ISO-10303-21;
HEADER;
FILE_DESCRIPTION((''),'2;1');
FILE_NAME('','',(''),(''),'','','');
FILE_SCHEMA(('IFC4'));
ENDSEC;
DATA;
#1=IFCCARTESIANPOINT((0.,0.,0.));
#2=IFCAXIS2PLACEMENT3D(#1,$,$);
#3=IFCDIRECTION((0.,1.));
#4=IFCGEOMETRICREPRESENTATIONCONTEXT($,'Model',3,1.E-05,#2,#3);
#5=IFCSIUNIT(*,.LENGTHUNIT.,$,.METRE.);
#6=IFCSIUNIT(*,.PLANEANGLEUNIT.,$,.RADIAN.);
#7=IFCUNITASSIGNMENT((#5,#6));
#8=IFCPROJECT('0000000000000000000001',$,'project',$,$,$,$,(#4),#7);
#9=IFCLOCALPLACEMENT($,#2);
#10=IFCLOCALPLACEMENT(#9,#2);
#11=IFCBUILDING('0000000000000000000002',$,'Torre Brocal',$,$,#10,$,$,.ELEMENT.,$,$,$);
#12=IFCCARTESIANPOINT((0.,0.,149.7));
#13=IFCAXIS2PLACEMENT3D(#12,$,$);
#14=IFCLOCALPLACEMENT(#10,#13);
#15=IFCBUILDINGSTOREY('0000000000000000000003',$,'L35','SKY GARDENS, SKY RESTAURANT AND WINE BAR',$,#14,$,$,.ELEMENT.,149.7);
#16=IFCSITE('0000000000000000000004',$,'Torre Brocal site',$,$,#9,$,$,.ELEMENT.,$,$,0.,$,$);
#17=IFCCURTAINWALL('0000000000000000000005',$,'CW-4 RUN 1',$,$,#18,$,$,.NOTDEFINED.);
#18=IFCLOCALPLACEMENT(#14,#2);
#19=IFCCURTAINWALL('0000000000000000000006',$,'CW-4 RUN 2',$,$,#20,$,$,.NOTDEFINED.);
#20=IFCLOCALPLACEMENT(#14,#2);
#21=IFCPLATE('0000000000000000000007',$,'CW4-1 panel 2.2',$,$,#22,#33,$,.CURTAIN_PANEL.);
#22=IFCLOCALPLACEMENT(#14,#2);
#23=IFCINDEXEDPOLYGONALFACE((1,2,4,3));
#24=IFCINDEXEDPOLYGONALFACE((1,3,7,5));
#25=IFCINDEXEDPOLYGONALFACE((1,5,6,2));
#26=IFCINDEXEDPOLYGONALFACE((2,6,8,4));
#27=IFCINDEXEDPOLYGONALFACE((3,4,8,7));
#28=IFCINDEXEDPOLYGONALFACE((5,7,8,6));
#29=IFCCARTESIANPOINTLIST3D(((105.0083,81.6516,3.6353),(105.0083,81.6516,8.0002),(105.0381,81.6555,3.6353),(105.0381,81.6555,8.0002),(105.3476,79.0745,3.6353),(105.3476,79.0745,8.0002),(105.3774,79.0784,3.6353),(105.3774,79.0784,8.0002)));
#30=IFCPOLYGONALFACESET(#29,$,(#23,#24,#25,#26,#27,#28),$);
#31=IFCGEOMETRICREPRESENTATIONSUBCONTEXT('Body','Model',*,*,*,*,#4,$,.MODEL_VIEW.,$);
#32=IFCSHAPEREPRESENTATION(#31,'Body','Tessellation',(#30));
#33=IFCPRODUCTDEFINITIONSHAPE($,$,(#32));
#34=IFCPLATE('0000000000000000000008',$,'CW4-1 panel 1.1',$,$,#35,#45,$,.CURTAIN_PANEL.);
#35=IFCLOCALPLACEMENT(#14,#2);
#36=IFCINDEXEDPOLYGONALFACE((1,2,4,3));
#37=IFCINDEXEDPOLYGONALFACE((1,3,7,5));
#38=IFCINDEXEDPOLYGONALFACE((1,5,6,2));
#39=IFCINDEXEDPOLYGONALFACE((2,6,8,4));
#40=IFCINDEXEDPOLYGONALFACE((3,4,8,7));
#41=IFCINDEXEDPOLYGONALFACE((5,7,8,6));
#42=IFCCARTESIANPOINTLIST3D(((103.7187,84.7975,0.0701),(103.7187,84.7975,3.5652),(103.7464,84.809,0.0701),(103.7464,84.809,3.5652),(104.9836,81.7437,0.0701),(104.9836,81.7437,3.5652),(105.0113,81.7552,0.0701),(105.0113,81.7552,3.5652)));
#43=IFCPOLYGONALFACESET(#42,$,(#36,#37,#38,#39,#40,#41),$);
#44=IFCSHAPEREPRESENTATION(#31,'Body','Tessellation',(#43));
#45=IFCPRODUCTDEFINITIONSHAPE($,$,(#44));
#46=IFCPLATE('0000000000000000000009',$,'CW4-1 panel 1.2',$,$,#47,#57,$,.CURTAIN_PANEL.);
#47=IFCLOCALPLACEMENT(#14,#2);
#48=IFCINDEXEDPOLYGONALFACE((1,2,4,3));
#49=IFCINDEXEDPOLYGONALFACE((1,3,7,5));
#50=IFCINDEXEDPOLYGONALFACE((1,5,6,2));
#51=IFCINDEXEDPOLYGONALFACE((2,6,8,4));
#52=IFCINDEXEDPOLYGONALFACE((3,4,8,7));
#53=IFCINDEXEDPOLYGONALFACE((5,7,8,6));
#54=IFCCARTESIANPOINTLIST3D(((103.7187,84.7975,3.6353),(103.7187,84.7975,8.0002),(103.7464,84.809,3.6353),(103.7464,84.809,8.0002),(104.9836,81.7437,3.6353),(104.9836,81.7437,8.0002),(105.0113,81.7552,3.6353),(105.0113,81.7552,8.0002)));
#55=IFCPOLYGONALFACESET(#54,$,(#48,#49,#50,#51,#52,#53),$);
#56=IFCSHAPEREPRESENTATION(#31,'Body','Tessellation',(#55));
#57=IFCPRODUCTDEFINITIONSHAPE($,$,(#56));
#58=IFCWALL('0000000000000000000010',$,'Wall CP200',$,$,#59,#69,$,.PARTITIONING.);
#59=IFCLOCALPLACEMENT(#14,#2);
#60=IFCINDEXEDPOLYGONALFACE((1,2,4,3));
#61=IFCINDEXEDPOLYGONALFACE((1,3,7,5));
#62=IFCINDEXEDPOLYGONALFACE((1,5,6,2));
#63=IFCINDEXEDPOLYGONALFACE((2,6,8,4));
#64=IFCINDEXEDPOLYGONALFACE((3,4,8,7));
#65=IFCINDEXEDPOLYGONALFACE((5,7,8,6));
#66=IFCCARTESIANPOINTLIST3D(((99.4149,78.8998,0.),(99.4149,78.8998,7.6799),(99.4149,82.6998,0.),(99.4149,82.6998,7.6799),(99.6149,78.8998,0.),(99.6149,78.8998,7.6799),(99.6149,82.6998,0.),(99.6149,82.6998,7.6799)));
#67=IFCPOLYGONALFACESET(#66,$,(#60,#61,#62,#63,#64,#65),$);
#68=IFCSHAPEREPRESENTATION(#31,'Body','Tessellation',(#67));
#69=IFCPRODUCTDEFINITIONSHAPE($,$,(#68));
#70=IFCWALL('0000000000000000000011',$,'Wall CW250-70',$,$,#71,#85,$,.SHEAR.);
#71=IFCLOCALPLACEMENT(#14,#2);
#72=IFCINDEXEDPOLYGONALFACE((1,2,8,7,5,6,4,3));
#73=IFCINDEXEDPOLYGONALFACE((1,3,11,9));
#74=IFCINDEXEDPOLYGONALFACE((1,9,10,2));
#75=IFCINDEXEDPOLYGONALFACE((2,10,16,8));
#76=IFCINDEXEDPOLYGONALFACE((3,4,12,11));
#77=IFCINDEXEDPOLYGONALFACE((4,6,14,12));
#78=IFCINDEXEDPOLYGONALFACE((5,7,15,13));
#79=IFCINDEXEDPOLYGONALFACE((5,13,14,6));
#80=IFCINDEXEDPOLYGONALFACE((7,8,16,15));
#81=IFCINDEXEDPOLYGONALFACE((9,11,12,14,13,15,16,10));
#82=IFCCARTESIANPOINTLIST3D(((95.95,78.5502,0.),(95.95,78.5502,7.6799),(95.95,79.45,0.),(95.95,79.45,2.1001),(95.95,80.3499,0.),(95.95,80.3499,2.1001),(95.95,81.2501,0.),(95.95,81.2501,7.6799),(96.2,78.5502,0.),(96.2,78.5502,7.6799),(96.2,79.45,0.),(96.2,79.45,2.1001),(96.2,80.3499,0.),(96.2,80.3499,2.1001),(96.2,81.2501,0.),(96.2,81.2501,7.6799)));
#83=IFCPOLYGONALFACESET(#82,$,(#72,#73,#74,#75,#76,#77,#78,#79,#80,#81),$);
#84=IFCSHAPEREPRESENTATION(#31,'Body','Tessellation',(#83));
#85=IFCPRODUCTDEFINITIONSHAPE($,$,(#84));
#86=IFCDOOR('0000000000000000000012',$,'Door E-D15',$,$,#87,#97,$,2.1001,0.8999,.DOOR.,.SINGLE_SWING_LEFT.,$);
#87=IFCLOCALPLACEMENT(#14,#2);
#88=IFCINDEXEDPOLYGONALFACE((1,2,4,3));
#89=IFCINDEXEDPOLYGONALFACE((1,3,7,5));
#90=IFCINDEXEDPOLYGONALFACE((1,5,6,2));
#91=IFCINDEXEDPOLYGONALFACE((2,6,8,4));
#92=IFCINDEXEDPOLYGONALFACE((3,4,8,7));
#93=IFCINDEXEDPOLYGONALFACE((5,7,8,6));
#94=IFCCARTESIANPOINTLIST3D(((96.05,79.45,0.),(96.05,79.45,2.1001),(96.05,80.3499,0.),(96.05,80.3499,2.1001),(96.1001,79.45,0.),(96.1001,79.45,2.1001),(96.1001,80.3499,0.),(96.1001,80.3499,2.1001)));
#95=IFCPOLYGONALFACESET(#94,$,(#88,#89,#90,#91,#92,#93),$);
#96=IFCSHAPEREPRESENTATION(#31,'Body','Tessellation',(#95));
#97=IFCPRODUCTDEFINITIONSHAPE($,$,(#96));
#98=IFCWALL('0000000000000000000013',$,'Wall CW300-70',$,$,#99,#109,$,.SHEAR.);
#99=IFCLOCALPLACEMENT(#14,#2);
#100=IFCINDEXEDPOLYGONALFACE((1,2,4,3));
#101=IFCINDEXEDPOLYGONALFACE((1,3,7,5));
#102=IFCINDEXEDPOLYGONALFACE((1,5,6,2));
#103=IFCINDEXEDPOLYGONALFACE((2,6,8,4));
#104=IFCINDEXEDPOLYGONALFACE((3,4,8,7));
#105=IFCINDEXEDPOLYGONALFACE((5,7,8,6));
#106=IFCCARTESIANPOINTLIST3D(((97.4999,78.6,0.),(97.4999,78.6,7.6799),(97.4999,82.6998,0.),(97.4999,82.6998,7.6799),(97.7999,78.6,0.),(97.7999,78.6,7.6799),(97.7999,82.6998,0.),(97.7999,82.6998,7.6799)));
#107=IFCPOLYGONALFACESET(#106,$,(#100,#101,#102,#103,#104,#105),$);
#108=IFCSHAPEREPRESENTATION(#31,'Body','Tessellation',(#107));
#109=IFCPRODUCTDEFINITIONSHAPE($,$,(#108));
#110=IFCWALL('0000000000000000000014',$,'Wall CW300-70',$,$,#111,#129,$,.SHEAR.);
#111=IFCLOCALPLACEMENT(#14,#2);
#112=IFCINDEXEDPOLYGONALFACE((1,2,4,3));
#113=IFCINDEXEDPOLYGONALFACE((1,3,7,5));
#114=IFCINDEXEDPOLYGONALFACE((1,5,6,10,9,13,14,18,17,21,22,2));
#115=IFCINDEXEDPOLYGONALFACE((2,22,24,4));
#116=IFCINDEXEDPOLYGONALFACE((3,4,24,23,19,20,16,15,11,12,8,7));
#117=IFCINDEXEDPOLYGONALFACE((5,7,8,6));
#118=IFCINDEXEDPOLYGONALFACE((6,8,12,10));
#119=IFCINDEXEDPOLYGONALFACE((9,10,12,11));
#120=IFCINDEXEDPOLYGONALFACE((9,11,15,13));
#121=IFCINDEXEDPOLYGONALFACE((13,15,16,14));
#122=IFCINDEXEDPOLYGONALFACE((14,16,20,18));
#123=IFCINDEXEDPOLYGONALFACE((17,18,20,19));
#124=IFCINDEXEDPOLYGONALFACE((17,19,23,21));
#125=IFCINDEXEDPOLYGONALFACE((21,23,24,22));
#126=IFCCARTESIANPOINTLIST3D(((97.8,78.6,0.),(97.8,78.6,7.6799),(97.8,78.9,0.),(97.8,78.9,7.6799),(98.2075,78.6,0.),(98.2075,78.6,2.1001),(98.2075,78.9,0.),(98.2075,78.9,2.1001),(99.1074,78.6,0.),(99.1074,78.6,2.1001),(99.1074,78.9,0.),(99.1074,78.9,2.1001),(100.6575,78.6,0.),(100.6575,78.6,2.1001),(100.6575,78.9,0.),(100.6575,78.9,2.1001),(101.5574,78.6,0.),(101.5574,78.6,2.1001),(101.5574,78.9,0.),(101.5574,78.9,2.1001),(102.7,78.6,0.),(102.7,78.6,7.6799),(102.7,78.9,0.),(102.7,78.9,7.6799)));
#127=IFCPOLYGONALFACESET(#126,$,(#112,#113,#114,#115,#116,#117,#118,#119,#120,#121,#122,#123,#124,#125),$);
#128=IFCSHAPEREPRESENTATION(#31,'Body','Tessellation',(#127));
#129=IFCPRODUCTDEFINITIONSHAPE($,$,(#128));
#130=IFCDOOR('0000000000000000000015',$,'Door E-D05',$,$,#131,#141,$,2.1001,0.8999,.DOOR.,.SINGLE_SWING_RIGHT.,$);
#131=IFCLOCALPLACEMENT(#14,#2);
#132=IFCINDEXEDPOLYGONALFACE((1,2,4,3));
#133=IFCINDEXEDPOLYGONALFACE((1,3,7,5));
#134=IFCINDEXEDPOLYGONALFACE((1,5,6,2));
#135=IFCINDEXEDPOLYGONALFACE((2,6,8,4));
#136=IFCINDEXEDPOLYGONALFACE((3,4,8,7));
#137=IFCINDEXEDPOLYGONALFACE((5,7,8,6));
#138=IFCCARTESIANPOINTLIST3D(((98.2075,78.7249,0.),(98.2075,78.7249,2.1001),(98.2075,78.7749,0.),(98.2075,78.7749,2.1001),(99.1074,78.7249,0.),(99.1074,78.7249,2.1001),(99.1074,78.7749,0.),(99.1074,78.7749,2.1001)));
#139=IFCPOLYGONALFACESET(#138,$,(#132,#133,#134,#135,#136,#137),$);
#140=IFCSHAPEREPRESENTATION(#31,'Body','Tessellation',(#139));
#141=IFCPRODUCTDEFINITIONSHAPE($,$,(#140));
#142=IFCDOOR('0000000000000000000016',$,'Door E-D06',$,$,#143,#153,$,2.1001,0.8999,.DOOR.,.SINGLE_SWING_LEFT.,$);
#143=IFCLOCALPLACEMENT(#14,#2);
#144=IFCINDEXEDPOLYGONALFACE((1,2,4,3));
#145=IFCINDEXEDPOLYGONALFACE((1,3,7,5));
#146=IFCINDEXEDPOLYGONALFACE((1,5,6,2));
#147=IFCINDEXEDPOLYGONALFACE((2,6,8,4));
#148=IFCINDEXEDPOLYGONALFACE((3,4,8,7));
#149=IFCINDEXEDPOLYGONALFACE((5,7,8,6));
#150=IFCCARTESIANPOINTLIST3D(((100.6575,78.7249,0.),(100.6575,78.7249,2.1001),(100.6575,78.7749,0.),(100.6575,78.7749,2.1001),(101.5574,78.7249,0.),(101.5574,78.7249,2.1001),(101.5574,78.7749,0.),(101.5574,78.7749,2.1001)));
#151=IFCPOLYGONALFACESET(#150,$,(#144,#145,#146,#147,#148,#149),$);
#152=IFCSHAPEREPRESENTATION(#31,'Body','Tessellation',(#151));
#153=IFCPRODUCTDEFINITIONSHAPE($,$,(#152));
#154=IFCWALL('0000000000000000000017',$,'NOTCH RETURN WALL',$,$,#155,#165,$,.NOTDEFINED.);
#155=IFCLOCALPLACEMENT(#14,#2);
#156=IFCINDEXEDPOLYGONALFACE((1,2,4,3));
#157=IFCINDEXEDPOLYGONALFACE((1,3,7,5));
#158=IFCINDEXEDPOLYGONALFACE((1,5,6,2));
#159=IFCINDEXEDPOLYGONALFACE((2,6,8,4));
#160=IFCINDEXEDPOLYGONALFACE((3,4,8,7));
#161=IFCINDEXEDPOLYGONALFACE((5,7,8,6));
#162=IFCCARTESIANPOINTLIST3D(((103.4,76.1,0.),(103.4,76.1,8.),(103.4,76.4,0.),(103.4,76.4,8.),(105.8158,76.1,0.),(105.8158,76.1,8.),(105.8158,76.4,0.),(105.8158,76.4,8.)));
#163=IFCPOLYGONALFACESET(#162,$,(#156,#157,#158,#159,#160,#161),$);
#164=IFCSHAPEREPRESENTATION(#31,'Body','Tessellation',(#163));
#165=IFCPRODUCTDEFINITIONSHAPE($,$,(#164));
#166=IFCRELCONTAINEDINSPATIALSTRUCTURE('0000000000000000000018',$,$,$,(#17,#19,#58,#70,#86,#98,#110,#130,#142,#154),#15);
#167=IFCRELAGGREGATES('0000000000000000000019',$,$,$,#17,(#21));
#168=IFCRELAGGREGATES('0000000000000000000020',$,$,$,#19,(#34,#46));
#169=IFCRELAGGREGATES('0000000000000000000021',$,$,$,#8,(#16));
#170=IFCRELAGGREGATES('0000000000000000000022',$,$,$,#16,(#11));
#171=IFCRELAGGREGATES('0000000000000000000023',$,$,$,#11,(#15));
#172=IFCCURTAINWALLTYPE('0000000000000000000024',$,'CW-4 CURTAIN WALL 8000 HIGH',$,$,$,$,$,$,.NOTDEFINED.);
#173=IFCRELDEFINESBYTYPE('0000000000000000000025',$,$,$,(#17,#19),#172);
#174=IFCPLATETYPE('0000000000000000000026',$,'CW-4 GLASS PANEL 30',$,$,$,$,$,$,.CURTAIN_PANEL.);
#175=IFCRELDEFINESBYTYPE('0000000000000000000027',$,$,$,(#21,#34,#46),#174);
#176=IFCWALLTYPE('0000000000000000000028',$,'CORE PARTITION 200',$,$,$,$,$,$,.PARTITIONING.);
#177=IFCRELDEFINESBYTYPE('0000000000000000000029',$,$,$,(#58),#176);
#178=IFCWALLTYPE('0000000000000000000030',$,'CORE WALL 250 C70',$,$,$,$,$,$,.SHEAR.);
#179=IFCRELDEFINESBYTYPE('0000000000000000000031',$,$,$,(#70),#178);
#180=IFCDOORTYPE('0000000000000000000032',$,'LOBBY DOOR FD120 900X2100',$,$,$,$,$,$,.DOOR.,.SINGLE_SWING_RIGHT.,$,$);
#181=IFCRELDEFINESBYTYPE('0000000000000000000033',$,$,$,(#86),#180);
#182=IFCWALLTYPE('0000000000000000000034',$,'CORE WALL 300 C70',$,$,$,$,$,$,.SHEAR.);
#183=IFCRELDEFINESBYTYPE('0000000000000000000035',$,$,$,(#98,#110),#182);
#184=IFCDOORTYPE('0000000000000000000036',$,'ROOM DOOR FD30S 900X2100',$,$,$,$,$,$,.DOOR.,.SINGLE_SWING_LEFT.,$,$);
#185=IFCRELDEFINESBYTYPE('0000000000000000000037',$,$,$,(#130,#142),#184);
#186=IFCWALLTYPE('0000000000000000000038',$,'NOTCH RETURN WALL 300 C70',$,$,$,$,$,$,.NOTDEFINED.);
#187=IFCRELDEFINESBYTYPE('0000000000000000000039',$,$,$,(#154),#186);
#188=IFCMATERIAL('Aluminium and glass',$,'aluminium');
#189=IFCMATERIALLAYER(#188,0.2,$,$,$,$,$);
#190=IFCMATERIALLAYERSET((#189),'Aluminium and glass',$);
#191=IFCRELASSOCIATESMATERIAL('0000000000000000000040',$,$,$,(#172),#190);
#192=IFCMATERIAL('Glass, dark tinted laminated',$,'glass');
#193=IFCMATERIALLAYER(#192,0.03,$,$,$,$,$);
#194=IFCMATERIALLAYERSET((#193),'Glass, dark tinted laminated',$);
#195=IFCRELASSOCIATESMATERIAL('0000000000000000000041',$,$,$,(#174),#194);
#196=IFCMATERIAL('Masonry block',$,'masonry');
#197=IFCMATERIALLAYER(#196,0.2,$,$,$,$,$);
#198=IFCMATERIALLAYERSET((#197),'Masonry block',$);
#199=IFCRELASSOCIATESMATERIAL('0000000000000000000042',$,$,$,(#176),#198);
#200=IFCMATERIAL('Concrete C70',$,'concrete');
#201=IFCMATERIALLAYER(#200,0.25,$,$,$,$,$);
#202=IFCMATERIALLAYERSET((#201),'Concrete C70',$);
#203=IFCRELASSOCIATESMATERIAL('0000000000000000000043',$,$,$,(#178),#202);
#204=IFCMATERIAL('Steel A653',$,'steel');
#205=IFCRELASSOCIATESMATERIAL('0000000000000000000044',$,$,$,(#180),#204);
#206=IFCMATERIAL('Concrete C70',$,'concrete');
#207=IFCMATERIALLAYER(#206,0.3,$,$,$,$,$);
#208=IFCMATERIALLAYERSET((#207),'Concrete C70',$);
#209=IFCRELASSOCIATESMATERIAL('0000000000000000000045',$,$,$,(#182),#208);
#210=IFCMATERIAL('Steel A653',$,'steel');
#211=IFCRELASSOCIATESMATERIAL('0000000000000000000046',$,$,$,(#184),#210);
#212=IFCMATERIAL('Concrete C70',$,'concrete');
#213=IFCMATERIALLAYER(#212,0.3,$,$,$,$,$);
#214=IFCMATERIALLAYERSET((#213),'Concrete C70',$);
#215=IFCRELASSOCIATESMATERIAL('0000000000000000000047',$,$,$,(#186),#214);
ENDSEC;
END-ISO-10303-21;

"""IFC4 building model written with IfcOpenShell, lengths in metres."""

from ifc_helpers import new_model, si_unit, direction, frame, frame_2d, origin, origin_2d, place, context, subcontext, project, spatial, rectangle, extrude, material, layer, layer_set, type_object, element, fill, aggregate, save


model = new_model("IFC4")

# Units and contexts
model_context = context("Model", 3, precision=1e-05, world=origin(), true_north=direction((0.0, 1.0)))
body_context = subcontext(model_context, "Body", "Model", "MODEL_VIEW")
ifc_project = project(units=[si_unit("LENGTHUNIT", "METRE"), si_unit("PLANEANGLEUNIT", "RADIAN")], contexts=[model_context])

# Site, building, storey
site_placement = place(None, origin())
site = spatial("IfcSite", under=ifc_project, at=site_placement, Name="Torre Brocal site", CompositionType="ELEMENT", RefElevation=0.0)
building_placement = place(site_placement, origin())
building = spatial("IfcBuilding", under=site, at=building_placement, Name="Torre Brocal", CompositionType="ELEMENT")
storey_placement = place(building_placement, frame((0.0, 0.0, 149.7)))
storey = spatial("IfcBuildingStorey", under=building, at=storey_placement, Name="L35", Description="SKY GARDENS, SKY RESTAURANT AND WINE BAR", CompositionType="ELEMENT", Elevation=149.7)

# Curtain walls
ifc_material_1 = material(Name="Aluminium and glass", Category="aluminium")
ifc_layer_1 = layer(ifc_material_1, 0.2)
ifc_layer_set_1 = layer_set([ifc_layer_1], Name="Aluminium and glass")
curtain_wall_type = type_object("IfcCurtainWallType", Name="CW-4 CURTAIN WALL 8000 HIGH", PredefinedType="NOTDEFINED", material=ifc_layer_set_1)
curtain_wall_1_placement = place(storey_placement, origin())
curtain_wall_1 = element("IfcCurtainWall", 1, at=curtain_wall_1_placement, inside=storey, type_object=curtain_wall_type, Name="CW-4 RUN 1", PredefinedType="NOTDEFINED")
curtain_wall_2_placement = place(storey_placement, origin())
curtain_wall_2 = element("IfcCurtainWall", 2, at=curtain_wall_2_placement, inside=storey, type_object=curtain_wall_type, Name="CW-4 RUN 2", PredefinedType="NOTDEFINED")

# Plates
ifc_material_2 = material(Name="Glass, dark tinted laminated", Category="glass")
ifc_layer_2 = layer(ifc_material_2, 0.03)
ifc_layer_set_2 = layer_set([ifc_layer_2], Name="Glass, dark tinted laminated")
plate_type = type_object("IfcPlateType", Name="CW-4 GLASS PANEL 30", PredefinedType="CURTAIN_PANEL", material=ifc_layer_set_2)
plate_1_placement = place(storey_placement, frame((105.1929, 80.365, 3.6353), z_axis=(0.0, 0.0, 1.0), x_axis=(-0.130526, 0.991445, 0.0)))
plate_1 = element("IfcPlate", 3, at=plate_1_placement, type_object=plate_type, Name="CW4-1 panel 2.2", PredefinedType="CURTAIN_PANEL", context=body_context, shape_type="SweptSolid", body=[
    extrude(rectangle(XDim=2.5994, YDim=0.03, at=origin_2d()), origin(), (0.0, 0.0, 1.0), 4.365),
])
aggregate(curtain_wall_1, [plate_1])
plate_2_placement = place(storey_placement, frame((104.365, 83.2764, 0.0701), z_axis=(0.0, 0.0, 1.0), x_axis=(-0.382683, 0.92388, 0.0)))
plate_2 = element("IfcPlate", 4, at=plate_2_placement, type_object=plate_type, Name="CW4-1 panel 1.1", PredefinedType="CURTAIN_PANEL", context=body_context, shape_type="SweptSolid", body=[
    extrude(rectangle(XDim=3.3054, YDim=0.03, at=origin_2d()), origin(), (0.0, 0.0, 1.0), 3.4951),
])
plate_3_placement = place(storey_placement, frame((104.365, 83.2764, 3.6353), z_axis=(0.0, 0.0, 1.0), x_axis=(-0.382683, 0.92388, 0.0)))
plate_3 = element("IfcPlate", 5, at=plate_3_placement, type_object=plate_type, Name="CW4-1 panel 1.2", PredefinedType="CURTAIN_PANEL", context=body_context, shape_type="SweptSolid", body=[
    extrude(rectangle(XDim=3.3054, YDim=0.03, at=origin_2d()), origin(), (0.0, 0.0, 1.0), 4.365),
])
aggregate(curtain_wall_2, [plate_2, plate_3])

# Wall
ifc_material_3 = material(Name="Masonry block", Category="masonry")
ifc_layer_3 = layer(ifc_material_3, 0.2)
ifc_layer_set_3 = layer_set([ifc_layer_3], Name="Masonry block")
wall_type_1 = type_object("IfcWallType", Name="CORE PARTITION 200", PredefinedType="PARTITIONING", material=ifc_layer_set_3)
wall_1_placement = place(storey_placement, frame((99.5149, 78.8999, 0.0), z_axis=(0.0, 0.0, 1.0), x_axis=(0.0, 1.0, 0.0)))
element("IfcWall", 6, at=wall_1_placement, inside=storey, type_object=wall_type_1, Name="Wall CP200", PredefinedType="PARTITIONING", context=body_context, shape_type="SweptSolid", body=[
    extrude(rectangle(XDim=3.8, YDim=0.2, at=frame_2d((1.8999, 0.0))), origin(), (0.0, 0.0, 1.0), 7.6799),
])

# Wall, opening, door
ifc_material_4 = material(Name="Concrete C70", Category="concrete")
ifc_layer_4 = layer(ifc_material_4, 0.25)
ifc_layer_set_4 = layer_set([ifc_layer_4], Name="Concrete C70")
wall_type_2 = type_object("IfcWallType", Name="CORE WALL 250 C70", PredefinedType="SHEAR", material=ifc_layer_set_4)
wall_2_placement = place(storey_placement, frame((96.075, 78.55, 0.0), z_axis=(0.0, 0.0, 1.0), x_axis=(0.0, 1.0, 0.0)))
wall_2 = element("IfcWall", 7, at=wall_2_placement, inside=storey, type_object=wall_type_2, Name="Wall CW250-70", PredefinedType="SHEAR", context=body_context, shape_type="SweptSolid", body=[
    extrude(rectangle(XDim=2.7, YDim=0.25, at=frame_2d((1.3501, 0.0))), origin(), (0.0, 0.0, 1.0), 7.6799),
])
opening_1_placement = place(wall_2_placement, frame((0.8999, 0.0, 0.0)))
opening_1 = element("IfcOpeningElement", 8, at=opening_1_placement, cuts=wall_2, PredefinedType="OPENING", context=body_context, shape_type="SweptSolid", body=[
    extrude(rectangle(XDim=0.8999, YDim=2.1001, at=frame_2d((0.45, 1.05))), frame((0.0, 0.135, 0.0), z_axis=(0.0, -1.0, 0.0), x_axis=(1.0, 0.0, 0.0)), (0.0, 0.0, 1.0), 0.27),
])
ifc_material_5 = material(Name="Steel A653", Category="steel")
door_type_1 = type_object("IfcDoorType", Name="LOBBY DOOR FD120 900X2100", OperationType="SINGLE_SWING_RIGHT", PredefinedType="DOOR", material=ifc_material_5)
door_1_placement = place(opening_1_placement, origin())
door_1 = element("IfcDoor", 9, at=door_1_placement, inside=storey, type_object=door_type_1, Name="Door E-D15", OperationType="SINGLE_SWING_LEFT", OverallHeight=2.1001, OverallWidth=0.8999, PredefinedType="DOOR", context=body_context, shape_type="SweptSolid", body=[
    extrude(rectangle(XDim=0.8999, YDim=2.1001, at=frame_2d((0.45, 1.05))), frame((0.0, 0.0249, 0.0), z_axis=(0.0, -1.0, 0.0), x_axis=(1.0, 0.0, 0.0)), (0.0, 0.0, 1.0), 0.05),
])
fill(opening_1, door_1)

# Wall
ifc_material_6 = material(Name="Concrete C70", Category="concrete")
ifc_layer_5 = layer(ifc_material_6, 0.3)
ifc_layer_set_5 = layer_set([ifc_layer_5], Name="Concrete C70")
wall_type_3 = type_object("IfcWallType", Name="CORE WALL 300 C70", PredefinedType="SHEAR", material=ifc_layer_set_5)
wall_3_placement = place(storey_placement, frame((97.6499, 78.6001, 0.0), z_axis=(0.0, 0.0, 1.0), x_axis=(0.0, 1.0, 0.0)))
element("IfcWall", 10, at=wall_3_placement, inside=storey, type_object=wall_type_3, Name="Wall CW300-70", PredefinedType="SHEAR", context=body_context, shape_type="SweptSolid", body=[
    extrude(rectangle(XDim=4.0999, YDim=0.3, at=frame_2d((2.0498, 0.0))), origin(), (0.0, 0.0, 1.0), 7.6799),
])

# Wall, openings, doors
wall_4_placement = place(storey_placement, frame((97.8, 78.75, 0.0), z_axis=(0.0, 0.0, 1.0), x_axis=(1.0, 0.0, 0.0)))
wall_4 = element("IfcWall", 11, at=wall_4_placement, inside=storey, type_object=wall_type_3, Name="Wall CW300-70", PredefinedType="SHEAR", context=body_context, shape_type="SweptSolid", body=[
    extrude(rectangle(XDim=4.8999, YDim=0.3, at=frame_2d((2.45, 0.0))), origin(), (0.0, 0.0, 1.0), 7.6799),
])
opening_2_placement = place(wall_4_placement, frame((0.4075, 0.0, 0.0)))
opening_2 = element("IfcOpeningElement", 12, at=opening_2_placement, cuts=wall_4, PredefinedType="OPENING", context=body_context, shape_type="SweptSolid", body=[
    extrude(rectangle(XDim=0.8999, YDim=2.1001, at=frame_2d((0.45, 1.05))), frame((0.0, 0.1599, 0.0), z_axis=(0.0, -1.0, 0.0), x_axis=(1.0, 0.0, 0.0)), (0.0, 0.0, 1.0), 0.3201),
])
opening_3_placement = place(wall_4_placement, frame((2.8574, 0.0, 0.0)))
opening_3 = element("IfcOpeningElement", 13, at=opening_3_placement, cuts=wall_4, PredefinedType="OPENING", context=body_context, shape_type="SweptSolid", body=[
    extrude(rectangle(XDim=0.8999, YDim=2.1001, at=frame_2d((0.45, 1.05))), frame((0.0, 0.1599, 0.0), z_axis=(0.0, -1.0, 0.0), x_axis=(1.0, 0.0, 0.0)), (0.0, 0.0, 1.0), 0.3201),
])
ifc_material_7 = material(Name="Steel A653", Category="steel")
door_type_2 = type_object("IfcDoorType", Name="ROOM DOOR FD30S 900X2100", OperationType="SINGLE_SWING_LEFT", PredefinedType="DOOR", material=ifc_material_7)
door_2_placement = place(opening_2_placement, origin())
door_2 = element("IfcDoor", 14, at=door_2_placement, inside=storey, type_object=door_type_2, Name="Door E-D05", OperationType="SINGLE_SWING_RIGHT", OverallHeight=2.1001, OverallWidth=0.8999, PredefinedType="DOOR", context=body_context, shape_type="SweptSolid", body=[
    extrude(rectangle(XDim=0.8999, YDim=2.1001, at=frame_2d((0.45, 1.05))), frame((0.0, 0.0249, 0.0), z_axis=(0.0, -1.0, 0.0), x_axis=(1.0, 0.0, 0.0)), (0.0, 0.0, 1.0), 0.05),
])
fill(opening_2, door_2)
door_3_placement = place(opening_3_placement, origin())
door_3 = element("IfcDoor", 15, at=door_3_placement, inside=storey, type_object=door_type_2, Name="Door E-D06", OperationType="SINGLE_SWING_LEFT", OverallHeight=2.1001, OverallWidth=0.8999, PredefinedType="DOOR", context=body_context, shape_type="SweptSolid", body=[
    extrude(rectangle(XDim=0.8999, YDim=2.1001, at=frame_2d((0.45, 1.05))), frame((0.0, 0.0249, 0.0), z_axis=(0.0, -1.0, 0.0), x_axis=(1.0, 0.0, 0.0)), (0.0, 0.0, 1.0), 0.05),
])
fill(opening_3, door_3)

# Wall
ifc_material_8 = material(Name="Concrete C70", Category="concrete")
ifc_layer_6 = layer(ifc_material_8, 0.3)
ifc_layer_set_6 = layer_set([ifc_layer_6], Name="Concrete C70")
wall_type_4 = type_object("IfcWallType", Name="NOTCH RETURN WALL 300 C70", PredefinedType="NOTDEFINED", material=ifc_layer_set_6)
wall_5_placement = place(storey_placement, frame((103.3999, 76.25, 0.0), z_axis=(0.0, 0.0, 1.0), x_axis=(1.0, 0.0, 0.0)))
element("IfcWall", 16, at=wall_5_placement, inside=storey, type_object=wall_type_4, Name="NOTCH RETURN WALL", PredefinedType="NOTDEFINED", context=body_context, shape_type="SweptSolid", body=[
    extrude(rectangle(XDim=2.4158, YDim=0.3, at=frame_2d((1.208, 0.0))), origin(), (0.0, 0.0, 1.0), 8.0),
])

save(model, "model.ifc")
